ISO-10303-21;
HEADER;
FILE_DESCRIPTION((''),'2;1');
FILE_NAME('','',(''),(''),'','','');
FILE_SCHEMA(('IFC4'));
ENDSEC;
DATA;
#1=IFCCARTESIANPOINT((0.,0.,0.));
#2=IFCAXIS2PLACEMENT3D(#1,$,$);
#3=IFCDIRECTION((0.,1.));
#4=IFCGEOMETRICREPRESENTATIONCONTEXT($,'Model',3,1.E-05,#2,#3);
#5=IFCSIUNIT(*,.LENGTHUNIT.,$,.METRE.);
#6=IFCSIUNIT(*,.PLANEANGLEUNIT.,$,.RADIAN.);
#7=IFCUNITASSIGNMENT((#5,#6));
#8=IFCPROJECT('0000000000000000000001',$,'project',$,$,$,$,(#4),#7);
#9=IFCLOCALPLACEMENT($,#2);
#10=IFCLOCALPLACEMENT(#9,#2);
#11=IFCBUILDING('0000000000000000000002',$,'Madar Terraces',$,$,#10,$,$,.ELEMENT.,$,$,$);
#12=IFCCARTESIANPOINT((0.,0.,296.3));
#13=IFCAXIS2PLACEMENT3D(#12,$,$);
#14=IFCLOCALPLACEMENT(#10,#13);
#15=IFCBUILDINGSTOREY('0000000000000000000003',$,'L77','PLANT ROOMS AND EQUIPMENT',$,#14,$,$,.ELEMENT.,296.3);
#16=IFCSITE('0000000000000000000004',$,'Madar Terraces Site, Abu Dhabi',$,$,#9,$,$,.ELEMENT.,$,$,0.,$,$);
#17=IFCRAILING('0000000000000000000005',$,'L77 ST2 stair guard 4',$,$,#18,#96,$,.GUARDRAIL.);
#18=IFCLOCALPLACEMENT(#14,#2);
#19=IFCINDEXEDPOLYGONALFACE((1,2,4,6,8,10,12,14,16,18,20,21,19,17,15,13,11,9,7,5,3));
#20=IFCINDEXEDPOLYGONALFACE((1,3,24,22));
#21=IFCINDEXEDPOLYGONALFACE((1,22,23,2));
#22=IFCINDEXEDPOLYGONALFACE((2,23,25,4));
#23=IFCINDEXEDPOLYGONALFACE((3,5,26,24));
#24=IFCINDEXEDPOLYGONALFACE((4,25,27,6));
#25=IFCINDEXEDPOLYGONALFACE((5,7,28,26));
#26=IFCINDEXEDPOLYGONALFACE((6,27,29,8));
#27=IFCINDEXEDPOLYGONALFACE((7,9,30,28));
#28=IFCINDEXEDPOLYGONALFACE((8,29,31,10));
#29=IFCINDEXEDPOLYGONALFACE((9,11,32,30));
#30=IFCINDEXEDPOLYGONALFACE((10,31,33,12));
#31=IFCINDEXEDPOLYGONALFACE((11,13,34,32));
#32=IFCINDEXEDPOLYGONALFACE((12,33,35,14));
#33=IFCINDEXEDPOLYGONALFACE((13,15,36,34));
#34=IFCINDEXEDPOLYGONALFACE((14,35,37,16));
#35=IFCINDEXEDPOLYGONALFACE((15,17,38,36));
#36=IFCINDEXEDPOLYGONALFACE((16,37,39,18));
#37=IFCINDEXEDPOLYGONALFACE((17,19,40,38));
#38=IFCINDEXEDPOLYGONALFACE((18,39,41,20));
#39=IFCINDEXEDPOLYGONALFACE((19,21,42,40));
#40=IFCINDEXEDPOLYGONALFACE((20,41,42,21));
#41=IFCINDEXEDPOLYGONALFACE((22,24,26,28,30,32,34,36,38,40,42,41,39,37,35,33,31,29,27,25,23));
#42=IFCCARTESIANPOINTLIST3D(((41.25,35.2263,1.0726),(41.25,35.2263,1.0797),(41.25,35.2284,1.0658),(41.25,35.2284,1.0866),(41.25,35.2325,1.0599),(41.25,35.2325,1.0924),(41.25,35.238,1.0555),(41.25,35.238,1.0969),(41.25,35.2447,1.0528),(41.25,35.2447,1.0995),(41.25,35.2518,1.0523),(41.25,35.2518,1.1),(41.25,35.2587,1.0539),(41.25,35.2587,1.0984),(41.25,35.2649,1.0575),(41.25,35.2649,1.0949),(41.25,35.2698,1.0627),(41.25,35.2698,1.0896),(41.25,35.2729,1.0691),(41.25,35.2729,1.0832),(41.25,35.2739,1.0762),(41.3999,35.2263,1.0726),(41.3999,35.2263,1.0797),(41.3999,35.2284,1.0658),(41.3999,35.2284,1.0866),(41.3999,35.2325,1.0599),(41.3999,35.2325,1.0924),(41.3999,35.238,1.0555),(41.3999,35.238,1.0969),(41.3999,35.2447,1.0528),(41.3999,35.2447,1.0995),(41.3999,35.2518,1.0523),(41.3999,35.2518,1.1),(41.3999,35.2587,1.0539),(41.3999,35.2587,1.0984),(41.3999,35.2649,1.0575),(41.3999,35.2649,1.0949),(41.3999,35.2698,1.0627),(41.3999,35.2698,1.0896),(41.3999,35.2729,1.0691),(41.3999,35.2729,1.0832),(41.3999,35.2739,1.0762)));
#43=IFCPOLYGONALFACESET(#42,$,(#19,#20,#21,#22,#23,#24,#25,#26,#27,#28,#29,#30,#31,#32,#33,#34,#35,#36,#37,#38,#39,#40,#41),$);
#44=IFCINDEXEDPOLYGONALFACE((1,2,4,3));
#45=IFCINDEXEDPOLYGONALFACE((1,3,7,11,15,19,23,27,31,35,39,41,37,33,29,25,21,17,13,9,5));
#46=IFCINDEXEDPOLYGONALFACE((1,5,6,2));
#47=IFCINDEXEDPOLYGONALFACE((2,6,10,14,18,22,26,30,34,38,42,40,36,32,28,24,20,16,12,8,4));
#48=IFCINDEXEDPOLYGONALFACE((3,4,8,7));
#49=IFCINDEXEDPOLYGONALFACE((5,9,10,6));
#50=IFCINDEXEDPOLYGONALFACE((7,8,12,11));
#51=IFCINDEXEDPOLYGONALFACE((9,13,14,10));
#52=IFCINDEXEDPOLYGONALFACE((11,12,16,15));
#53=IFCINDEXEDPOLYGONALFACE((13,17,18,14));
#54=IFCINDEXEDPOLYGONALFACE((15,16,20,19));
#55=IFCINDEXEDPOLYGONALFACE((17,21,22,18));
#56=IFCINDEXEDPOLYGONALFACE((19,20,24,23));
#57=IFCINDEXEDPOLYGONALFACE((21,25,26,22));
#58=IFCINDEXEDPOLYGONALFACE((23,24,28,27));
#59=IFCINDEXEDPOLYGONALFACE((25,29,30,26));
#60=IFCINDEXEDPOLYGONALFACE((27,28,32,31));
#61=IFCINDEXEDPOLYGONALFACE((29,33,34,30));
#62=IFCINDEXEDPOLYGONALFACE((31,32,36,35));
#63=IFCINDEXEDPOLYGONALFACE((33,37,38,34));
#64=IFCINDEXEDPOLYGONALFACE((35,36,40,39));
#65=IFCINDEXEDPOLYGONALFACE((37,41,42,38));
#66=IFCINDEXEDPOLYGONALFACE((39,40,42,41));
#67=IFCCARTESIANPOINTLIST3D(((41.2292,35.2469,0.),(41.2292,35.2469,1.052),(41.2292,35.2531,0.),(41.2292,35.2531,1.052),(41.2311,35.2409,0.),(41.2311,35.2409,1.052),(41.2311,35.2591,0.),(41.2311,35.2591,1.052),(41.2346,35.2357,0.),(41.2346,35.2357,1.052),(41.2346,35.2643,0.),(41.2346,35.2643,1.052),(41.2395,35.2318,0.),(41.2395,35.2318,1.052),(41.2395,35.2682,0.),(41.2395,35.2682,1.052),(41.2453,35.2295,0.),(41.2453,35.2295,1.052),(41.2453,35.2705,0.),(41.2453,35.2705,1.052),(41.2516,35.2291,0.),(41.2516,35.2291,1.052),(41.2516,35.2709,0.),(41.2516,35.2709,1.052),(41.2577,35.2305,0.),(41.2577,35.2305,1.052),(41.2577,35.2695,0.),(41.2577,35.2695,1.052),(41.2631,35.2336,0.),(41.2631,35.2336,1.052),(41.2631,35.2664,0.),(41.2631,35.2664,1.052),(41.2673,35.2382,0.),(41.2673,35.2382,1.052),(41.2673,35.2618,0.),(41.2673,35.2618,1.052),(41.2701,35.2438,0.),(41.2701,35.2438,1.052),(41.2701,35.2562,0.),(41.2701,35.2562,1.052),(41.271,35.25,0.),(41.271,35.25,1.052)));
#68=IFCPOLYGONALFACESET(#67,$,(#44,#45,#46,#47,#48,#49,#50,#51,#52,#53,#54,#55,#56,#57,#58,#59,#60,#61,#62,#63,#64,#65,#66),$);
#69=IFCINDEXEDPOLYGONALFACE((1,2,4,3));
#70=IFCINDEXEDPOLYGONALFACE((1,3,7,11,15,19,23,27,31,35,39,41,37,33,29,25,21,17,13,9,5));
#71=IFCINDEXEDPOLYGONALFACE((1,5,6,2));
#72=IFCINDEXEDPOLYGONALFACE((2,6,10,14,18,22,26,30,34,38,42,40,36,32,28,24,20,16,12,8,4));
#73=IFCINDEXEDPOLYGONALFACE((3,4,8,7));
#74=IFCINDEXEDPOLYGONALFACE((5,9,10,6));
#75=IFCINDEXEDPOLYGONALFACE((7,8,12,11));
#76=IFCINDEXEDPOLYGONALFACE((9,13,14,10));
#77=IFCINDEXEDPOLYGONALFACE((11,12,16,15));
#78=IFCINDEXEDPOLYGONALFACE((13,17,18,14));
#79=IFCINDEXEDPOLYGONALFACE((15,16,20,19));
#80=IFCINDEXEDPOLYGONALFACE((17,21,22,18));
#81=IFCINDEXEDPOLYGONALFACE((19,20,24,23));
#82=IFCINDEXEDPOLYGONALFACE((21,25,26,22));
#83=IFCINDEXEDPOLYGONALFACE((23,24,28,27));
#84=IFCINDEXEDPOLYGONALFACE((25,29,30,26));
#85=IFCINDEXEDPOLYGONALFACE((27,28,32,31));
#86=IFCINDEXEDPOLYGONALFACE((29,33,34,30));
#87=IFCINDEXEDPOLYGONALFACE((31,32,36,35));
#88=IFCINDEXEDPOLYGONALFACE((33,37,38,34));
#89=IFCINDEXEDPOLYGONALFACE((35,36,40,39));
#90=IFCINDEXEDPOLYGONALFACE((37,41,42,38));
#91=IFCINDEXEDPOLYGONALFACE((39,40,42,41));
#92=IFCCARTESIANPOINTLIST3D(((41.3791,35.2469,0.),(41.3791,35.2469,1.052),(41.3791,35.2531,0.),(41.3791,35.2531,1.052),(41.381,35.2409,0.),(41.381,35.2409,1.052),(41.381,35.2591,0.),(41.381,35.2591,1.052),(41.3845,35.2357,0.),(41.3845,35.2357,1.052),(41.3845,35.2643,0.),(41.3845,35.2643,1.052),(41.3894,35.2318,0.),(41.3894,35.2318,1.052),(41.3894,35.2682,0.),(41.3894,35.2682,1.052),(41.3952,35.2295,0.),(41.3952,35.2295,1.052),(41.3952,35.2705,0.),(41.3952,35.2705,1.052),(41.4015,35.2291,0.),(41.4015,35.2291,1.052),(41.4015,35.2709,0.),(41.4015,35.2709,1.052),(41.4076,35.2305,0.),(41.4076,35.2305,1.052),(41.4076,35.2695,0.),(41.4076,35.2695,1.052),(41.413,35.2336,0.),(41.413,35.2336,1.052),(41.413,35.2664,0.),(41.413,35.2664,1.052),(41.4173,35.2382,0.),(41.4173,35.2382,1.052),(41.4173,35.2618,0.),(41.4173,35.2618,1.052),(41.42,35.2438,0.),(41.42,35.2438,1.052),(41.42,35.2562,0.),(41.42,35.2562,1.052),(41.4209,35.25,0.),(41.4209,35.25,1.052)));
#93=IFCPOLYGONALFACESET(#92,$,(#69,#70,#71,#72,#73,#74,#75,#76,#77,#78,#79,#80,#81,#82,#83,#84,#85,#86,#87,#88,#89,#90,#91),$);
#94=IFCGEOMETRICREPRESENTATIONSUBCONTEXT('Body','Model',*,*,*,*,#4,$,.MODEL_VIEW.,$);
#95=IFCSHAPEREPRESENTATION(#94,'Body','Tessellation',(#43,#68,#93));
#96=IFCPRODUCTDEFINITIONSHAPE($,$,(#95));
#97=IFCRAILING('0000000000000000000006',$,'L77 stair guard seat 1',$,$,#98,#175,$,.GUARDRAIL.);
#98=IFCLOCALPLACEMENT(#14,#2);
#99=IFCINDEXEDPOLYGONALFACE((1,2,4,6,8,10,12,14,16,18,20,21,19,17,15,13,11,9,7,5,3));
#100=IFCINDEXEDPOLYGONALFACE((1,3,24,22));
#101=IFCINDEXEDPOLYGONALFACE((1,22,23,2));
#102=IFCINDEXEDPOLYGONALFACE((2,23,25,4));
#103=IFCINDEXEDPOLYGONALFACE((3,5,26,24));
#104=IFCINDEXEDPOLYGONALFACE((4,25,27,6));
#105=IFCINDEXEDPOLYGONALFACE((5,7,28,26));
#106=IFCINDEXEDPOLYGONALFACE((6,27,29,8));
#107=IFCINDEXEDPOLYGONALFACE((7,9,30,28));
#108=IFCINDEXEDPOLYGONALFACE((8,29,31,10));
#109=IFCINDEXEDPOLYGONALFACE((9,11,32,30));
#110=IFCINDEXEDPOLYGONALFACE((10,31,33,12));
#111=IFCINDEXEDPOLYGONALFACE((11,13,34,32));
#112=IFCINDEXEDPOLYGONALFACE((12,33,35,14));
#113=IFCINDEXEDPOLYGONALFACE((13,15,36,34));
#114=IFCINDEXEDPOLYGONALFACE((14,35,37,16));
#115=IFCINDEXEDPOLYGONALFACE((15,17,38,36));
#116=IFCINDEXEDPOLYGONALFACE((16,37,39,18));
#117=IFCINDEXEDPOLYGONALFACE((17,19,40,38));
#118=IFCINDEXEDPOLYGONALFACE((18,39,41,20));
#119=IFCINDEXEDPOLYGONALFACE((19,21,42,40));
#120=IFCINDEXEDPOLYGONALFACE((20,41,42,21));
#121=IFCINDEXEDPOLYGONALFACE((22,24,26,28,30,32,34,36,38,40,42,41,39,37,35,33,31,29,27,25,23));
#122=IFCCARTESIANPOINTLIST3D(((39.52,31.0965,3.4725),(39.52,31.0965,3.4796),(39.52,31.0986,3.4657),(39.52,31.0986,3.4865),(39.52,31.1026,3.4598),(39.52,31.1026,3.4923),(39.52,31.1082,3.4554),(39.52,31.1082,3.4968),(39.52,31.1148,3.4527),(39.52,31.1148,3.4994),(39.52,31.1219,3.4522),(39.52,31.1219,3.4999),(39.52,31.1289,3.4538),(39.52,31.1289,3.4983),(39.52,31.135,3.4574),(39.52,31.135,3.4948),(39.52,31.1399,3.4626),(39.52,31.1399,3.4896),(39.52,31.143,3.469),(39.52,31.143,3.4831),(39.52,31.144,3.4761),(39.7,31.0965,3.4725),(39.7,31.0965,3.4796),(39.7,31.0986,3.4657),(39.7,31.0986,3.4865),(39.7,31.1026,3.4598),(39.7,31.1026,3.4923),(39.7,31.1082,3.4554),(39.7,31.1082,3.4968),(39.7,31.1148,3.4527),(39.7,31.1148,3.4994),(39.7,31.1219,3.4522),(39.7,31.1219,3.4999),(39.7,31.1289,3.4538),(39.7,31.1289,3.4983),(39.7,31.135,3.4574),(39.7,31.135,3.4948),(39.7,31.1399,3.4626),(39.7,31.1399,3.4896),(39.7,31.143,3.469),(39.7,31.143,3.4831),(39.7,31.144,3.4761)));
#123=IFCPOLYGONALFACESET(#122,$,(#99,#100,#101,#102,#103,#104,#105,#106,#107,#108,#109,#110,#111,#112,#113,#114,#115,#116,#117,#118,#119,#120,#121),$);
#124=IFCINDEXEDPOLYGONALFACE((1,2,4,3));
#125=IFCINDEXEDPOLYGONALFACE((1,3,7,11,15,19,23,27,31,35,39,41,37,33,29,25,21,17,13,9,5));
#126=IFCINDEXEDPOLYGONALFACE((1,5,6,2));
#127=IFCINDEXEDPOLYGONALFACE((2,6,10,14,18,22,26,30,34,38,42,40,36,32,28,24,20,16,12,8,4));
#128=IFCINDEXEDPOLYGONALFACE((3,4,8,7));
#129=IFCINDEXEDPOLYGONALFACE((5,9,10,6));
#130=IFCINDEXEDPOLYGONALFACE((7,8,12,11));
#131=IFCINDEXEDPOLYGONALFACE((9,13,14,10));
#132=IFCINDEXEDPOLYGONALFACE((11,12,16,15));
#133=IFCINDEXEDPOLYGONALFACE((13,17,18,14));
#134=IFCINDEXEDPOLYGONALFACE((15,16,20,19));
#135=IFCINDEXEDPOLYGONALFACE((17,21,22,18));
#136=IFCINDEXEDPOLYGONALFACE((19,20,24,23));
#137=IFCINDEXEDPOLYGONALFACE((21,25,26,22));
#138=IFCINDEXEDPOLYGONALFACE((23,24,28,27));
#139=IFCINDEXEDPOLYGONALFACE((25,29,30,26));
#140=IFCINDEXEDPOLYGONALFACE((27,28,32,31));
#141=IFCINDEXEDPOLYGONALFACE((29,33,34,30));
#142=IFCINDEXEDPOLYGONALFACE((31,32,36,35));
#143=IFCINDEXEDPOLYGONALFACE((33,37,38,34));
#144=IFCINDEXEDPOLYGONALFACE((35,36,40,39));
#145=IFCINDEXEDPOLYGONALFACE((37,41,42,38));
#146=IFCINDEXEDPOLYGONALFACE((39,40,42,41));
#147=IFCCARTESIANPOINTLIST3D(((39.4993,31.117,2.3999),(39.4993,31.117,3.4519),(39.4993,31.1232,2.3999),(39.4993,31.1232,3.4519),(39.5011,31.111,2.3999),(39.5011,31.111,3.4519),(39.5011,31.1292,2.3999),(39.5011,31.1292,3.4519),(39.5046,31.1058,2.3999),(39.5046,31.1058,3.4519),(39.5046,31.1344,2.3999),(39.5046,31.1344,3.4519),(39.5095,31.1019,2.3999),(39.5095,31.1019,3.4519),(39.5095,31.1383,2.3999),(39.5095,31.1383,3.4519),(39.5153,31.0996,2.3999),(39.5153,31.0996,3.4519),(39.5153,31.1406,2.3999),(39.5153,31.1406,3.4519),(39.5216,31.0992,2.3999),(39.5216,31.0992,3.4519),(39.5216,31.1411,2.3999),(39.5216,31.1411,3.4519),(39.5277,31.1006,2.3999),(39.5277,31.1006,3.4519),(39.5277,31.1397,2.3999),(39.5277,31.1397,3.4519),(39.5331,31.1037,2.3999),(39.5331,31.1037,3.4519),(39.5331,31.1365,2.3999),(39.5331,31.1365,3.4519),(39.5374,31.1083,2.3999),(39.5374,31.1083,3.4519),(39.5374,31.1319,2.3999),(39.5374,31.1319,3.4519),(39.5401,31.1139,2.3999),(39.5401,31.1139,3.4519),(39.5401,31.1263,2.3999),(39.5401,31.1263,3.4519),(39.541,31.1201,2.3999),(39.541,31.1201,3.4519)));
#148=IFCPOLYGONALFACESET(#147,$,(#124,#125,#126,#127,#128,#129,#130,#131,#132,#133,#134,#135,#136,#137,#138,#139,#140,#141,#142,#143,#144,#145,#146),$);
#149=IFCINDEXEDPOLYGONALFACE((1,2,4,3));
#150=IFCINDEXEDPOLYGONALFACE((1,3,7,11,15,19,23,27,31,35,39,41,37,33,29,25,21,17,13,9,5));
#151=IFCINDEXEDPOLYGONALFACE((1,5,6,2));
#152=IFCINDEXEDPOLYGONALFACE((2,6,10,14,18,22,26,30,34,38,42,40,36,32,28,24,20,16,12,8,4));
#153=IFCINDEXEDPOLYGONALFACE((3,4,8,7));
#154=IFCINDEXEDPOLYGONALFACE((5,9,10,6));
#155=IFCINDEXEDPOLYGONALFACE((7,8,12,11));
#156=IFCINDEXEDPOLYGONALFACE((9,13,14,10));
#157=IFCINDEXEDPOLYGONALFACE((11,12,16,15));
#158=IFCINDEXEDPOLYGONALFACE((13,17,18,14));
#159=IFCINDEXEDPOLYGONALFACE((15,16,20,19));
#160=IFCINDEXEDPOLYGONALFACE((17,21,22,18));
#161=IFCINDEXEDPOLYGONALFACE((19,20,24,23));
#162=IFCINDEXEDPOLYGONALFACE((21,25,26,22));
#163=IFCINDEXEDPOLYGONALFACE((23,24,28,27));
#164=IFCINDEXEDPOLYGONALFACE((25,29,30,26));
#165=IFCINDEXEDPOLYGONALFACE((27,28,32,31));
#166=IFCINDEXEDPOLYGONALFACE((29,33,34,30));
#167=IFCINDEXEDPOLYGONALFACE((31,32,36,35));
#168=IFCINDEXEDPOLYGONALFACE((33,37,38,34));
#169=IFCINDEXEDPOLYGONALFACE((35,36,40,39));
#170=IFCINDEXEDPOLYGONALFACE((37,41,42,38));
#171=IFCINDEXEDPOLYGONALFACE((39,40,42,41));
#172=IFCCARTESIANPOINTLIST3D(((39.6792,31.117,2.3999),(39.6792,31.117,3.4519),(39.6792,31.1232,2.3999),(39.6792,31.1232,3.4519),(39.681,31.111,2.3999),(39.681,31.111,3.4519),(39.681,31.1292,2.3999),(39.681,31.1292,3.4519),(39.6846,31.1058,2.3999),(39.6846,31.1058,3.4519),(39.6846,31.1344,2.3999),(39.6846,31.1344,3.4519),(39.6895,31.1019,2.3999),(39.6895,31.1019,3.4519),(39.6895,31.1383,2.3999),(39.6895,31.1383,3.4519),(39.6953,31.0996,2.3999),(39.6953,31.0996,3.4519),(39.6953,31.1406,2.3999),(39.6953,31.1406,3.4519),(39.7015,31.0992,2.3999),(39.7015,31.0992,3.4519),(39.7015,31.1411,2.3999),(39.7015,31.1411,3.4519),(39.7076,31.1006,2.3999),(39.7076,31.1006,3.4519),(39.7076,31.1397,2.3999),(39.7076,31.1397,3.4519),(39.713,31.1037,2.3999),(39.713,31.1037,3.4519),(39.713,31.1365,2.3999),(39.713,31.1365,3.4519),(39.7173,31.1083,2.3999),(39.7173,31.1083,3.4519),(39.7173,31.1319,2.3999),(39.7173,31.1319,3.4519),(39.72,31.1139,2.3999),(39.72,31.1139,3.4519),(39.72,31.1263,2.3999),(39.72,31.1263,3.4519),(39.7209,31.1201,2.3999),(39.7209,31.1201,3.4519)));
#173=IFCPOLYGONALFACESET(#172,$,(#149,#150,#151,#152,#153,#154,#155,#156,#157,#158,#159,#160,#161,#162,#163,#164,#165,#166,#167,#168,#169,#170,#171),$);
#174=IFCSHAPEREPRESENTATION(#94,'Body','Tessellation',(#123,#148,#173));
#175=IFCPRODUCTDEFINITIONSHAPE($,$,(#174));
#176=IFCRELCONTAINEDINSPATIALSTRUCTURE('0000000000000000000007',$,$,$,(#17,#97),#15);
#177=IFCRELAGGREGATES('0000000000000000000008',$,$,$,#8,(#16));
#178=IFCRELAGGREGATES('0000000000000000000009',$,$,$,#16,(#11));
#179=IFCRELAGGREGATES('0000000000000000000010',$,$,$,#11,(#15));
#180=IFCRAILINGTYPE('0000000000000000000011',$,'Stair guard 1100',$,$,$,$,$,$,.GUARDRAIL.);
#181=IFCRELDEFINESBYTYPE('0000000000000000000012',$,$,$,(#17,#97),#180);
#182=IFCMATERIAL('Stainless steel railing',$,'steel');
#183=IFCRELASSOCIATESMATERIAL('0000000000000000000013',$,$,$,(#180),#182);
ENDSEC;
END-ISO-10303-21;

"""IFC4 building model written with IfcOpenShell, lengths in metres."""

from ifc_helpers import new_model, si_unit, direction, frame, origin, origin_2d, place, context, subcontext, project, spatial, circle, extrude, material, type_object, element, save


model = new_model("IFC4")

# Units and contexts
model_context = context("Model", 3, precision=1e-05, world=origin(), true_north=direction((0.0, 1.0)))
body_context = subcontext(model_context, "Body", "Model", "MODEL_VIEW")
ifc_project = project(units=[si_unit("LENGTHUNIT", "METRE"), si_unit("PLANEANGLEUNIT", "RADIAN")], contexts=[model_context])

# Site, building, storey
site_placement = place(None, origin())
site = spatial("IfcSite", under=ifc_project, at=site_placement, Name="Madar Terraces Site, Abu Dhabi", CompositionType="ELEMENT", RefElevation=0.0)
building_placement = place(site_placement, origin())
building = spatial("IfcBuilding", under=site, at=building_placement, Name="Madar Terraces", CompositionType="ELEMENT")
storey_placement = place(building_placement, frame((0.0, 0.0, 296.3)))
storey = spatial("IfcBuildingStorey", under=building, at=storey_placement, Name="L77", Description="PLANT ROOMS AND EQUIPMENT", CompositionType="ELEMENT", Elevation=296.3)

# Railings
ifc_material_1 = material(Name="Stainless steel railing", Category="steel")
railing_type_1 = type_object("IfcRailingType", Name="Stair guard 1100", PredefinedType="GUARDRAIL", material=ifc_material_1)
railing_1_placement = place(storey_placement, frame((41.25, 35.25, 0.0)))
element("IfcRailing", 1, at=railing_1_placement, inside=storey, type_object=railing_type_1, Name="L77 ST2 stair guard 4", PredefinedType="GUARDRAIL", context=body_context, shape_type="SweptSolid", body=[
    extrude(circle(Radius=0.0239, at=origin_2d()), frame((0.0, 0.0, 1.0762), z_axis=(1.0, 0.0, 0.0), x_axis=(0.0, 1.0, 0.0)), (0.0, 0.0, 1.0), 0.1499),
    extrude(circle(Radius=0.021, at=origin_2d()), origin(), (0.0, 0.0, 1.0), 1.052),
    extrude(circle(Radius=0.021, at=origin_2d()), frame((0.1499, 0.0, 0.0)), (0.0, 0.0, 1.0), 1.052),
])
for number, where, name in (
    (2, (39.52, 31.1201, 2.3999), "L77 stair guard seat 1"),
):
    element("IfcRailing", number, at=place(storey_placement, frame(where)), inside=storey, type_object=railing_type_1, Name=name, PredefinedType="GUARDRAIL", context=body_context, shape_type="SweptSolid", body=[
        extrude(circle(Radius=0.0239, at=origin_2d()), frame((0.0, 0.0, 1.0762), z_axis=(1.0, 0.0, 0.0), x_axis=(0.0, 1.0, 0.0)), (0.0, 0.0, 1.0), 0.1799),
        extrude(circle(Radius=0.021, at=origin_2d()), origin(), (0.0, 0.0, 1.0), 1.052),
        extrude(circle(Radius=0.021, at=origin_2d()), frame((0.1799, 0.0, 0.0)), (0.0, 0.0, 1.0), 1.052),
    ])

save(model, "model.ifc")
